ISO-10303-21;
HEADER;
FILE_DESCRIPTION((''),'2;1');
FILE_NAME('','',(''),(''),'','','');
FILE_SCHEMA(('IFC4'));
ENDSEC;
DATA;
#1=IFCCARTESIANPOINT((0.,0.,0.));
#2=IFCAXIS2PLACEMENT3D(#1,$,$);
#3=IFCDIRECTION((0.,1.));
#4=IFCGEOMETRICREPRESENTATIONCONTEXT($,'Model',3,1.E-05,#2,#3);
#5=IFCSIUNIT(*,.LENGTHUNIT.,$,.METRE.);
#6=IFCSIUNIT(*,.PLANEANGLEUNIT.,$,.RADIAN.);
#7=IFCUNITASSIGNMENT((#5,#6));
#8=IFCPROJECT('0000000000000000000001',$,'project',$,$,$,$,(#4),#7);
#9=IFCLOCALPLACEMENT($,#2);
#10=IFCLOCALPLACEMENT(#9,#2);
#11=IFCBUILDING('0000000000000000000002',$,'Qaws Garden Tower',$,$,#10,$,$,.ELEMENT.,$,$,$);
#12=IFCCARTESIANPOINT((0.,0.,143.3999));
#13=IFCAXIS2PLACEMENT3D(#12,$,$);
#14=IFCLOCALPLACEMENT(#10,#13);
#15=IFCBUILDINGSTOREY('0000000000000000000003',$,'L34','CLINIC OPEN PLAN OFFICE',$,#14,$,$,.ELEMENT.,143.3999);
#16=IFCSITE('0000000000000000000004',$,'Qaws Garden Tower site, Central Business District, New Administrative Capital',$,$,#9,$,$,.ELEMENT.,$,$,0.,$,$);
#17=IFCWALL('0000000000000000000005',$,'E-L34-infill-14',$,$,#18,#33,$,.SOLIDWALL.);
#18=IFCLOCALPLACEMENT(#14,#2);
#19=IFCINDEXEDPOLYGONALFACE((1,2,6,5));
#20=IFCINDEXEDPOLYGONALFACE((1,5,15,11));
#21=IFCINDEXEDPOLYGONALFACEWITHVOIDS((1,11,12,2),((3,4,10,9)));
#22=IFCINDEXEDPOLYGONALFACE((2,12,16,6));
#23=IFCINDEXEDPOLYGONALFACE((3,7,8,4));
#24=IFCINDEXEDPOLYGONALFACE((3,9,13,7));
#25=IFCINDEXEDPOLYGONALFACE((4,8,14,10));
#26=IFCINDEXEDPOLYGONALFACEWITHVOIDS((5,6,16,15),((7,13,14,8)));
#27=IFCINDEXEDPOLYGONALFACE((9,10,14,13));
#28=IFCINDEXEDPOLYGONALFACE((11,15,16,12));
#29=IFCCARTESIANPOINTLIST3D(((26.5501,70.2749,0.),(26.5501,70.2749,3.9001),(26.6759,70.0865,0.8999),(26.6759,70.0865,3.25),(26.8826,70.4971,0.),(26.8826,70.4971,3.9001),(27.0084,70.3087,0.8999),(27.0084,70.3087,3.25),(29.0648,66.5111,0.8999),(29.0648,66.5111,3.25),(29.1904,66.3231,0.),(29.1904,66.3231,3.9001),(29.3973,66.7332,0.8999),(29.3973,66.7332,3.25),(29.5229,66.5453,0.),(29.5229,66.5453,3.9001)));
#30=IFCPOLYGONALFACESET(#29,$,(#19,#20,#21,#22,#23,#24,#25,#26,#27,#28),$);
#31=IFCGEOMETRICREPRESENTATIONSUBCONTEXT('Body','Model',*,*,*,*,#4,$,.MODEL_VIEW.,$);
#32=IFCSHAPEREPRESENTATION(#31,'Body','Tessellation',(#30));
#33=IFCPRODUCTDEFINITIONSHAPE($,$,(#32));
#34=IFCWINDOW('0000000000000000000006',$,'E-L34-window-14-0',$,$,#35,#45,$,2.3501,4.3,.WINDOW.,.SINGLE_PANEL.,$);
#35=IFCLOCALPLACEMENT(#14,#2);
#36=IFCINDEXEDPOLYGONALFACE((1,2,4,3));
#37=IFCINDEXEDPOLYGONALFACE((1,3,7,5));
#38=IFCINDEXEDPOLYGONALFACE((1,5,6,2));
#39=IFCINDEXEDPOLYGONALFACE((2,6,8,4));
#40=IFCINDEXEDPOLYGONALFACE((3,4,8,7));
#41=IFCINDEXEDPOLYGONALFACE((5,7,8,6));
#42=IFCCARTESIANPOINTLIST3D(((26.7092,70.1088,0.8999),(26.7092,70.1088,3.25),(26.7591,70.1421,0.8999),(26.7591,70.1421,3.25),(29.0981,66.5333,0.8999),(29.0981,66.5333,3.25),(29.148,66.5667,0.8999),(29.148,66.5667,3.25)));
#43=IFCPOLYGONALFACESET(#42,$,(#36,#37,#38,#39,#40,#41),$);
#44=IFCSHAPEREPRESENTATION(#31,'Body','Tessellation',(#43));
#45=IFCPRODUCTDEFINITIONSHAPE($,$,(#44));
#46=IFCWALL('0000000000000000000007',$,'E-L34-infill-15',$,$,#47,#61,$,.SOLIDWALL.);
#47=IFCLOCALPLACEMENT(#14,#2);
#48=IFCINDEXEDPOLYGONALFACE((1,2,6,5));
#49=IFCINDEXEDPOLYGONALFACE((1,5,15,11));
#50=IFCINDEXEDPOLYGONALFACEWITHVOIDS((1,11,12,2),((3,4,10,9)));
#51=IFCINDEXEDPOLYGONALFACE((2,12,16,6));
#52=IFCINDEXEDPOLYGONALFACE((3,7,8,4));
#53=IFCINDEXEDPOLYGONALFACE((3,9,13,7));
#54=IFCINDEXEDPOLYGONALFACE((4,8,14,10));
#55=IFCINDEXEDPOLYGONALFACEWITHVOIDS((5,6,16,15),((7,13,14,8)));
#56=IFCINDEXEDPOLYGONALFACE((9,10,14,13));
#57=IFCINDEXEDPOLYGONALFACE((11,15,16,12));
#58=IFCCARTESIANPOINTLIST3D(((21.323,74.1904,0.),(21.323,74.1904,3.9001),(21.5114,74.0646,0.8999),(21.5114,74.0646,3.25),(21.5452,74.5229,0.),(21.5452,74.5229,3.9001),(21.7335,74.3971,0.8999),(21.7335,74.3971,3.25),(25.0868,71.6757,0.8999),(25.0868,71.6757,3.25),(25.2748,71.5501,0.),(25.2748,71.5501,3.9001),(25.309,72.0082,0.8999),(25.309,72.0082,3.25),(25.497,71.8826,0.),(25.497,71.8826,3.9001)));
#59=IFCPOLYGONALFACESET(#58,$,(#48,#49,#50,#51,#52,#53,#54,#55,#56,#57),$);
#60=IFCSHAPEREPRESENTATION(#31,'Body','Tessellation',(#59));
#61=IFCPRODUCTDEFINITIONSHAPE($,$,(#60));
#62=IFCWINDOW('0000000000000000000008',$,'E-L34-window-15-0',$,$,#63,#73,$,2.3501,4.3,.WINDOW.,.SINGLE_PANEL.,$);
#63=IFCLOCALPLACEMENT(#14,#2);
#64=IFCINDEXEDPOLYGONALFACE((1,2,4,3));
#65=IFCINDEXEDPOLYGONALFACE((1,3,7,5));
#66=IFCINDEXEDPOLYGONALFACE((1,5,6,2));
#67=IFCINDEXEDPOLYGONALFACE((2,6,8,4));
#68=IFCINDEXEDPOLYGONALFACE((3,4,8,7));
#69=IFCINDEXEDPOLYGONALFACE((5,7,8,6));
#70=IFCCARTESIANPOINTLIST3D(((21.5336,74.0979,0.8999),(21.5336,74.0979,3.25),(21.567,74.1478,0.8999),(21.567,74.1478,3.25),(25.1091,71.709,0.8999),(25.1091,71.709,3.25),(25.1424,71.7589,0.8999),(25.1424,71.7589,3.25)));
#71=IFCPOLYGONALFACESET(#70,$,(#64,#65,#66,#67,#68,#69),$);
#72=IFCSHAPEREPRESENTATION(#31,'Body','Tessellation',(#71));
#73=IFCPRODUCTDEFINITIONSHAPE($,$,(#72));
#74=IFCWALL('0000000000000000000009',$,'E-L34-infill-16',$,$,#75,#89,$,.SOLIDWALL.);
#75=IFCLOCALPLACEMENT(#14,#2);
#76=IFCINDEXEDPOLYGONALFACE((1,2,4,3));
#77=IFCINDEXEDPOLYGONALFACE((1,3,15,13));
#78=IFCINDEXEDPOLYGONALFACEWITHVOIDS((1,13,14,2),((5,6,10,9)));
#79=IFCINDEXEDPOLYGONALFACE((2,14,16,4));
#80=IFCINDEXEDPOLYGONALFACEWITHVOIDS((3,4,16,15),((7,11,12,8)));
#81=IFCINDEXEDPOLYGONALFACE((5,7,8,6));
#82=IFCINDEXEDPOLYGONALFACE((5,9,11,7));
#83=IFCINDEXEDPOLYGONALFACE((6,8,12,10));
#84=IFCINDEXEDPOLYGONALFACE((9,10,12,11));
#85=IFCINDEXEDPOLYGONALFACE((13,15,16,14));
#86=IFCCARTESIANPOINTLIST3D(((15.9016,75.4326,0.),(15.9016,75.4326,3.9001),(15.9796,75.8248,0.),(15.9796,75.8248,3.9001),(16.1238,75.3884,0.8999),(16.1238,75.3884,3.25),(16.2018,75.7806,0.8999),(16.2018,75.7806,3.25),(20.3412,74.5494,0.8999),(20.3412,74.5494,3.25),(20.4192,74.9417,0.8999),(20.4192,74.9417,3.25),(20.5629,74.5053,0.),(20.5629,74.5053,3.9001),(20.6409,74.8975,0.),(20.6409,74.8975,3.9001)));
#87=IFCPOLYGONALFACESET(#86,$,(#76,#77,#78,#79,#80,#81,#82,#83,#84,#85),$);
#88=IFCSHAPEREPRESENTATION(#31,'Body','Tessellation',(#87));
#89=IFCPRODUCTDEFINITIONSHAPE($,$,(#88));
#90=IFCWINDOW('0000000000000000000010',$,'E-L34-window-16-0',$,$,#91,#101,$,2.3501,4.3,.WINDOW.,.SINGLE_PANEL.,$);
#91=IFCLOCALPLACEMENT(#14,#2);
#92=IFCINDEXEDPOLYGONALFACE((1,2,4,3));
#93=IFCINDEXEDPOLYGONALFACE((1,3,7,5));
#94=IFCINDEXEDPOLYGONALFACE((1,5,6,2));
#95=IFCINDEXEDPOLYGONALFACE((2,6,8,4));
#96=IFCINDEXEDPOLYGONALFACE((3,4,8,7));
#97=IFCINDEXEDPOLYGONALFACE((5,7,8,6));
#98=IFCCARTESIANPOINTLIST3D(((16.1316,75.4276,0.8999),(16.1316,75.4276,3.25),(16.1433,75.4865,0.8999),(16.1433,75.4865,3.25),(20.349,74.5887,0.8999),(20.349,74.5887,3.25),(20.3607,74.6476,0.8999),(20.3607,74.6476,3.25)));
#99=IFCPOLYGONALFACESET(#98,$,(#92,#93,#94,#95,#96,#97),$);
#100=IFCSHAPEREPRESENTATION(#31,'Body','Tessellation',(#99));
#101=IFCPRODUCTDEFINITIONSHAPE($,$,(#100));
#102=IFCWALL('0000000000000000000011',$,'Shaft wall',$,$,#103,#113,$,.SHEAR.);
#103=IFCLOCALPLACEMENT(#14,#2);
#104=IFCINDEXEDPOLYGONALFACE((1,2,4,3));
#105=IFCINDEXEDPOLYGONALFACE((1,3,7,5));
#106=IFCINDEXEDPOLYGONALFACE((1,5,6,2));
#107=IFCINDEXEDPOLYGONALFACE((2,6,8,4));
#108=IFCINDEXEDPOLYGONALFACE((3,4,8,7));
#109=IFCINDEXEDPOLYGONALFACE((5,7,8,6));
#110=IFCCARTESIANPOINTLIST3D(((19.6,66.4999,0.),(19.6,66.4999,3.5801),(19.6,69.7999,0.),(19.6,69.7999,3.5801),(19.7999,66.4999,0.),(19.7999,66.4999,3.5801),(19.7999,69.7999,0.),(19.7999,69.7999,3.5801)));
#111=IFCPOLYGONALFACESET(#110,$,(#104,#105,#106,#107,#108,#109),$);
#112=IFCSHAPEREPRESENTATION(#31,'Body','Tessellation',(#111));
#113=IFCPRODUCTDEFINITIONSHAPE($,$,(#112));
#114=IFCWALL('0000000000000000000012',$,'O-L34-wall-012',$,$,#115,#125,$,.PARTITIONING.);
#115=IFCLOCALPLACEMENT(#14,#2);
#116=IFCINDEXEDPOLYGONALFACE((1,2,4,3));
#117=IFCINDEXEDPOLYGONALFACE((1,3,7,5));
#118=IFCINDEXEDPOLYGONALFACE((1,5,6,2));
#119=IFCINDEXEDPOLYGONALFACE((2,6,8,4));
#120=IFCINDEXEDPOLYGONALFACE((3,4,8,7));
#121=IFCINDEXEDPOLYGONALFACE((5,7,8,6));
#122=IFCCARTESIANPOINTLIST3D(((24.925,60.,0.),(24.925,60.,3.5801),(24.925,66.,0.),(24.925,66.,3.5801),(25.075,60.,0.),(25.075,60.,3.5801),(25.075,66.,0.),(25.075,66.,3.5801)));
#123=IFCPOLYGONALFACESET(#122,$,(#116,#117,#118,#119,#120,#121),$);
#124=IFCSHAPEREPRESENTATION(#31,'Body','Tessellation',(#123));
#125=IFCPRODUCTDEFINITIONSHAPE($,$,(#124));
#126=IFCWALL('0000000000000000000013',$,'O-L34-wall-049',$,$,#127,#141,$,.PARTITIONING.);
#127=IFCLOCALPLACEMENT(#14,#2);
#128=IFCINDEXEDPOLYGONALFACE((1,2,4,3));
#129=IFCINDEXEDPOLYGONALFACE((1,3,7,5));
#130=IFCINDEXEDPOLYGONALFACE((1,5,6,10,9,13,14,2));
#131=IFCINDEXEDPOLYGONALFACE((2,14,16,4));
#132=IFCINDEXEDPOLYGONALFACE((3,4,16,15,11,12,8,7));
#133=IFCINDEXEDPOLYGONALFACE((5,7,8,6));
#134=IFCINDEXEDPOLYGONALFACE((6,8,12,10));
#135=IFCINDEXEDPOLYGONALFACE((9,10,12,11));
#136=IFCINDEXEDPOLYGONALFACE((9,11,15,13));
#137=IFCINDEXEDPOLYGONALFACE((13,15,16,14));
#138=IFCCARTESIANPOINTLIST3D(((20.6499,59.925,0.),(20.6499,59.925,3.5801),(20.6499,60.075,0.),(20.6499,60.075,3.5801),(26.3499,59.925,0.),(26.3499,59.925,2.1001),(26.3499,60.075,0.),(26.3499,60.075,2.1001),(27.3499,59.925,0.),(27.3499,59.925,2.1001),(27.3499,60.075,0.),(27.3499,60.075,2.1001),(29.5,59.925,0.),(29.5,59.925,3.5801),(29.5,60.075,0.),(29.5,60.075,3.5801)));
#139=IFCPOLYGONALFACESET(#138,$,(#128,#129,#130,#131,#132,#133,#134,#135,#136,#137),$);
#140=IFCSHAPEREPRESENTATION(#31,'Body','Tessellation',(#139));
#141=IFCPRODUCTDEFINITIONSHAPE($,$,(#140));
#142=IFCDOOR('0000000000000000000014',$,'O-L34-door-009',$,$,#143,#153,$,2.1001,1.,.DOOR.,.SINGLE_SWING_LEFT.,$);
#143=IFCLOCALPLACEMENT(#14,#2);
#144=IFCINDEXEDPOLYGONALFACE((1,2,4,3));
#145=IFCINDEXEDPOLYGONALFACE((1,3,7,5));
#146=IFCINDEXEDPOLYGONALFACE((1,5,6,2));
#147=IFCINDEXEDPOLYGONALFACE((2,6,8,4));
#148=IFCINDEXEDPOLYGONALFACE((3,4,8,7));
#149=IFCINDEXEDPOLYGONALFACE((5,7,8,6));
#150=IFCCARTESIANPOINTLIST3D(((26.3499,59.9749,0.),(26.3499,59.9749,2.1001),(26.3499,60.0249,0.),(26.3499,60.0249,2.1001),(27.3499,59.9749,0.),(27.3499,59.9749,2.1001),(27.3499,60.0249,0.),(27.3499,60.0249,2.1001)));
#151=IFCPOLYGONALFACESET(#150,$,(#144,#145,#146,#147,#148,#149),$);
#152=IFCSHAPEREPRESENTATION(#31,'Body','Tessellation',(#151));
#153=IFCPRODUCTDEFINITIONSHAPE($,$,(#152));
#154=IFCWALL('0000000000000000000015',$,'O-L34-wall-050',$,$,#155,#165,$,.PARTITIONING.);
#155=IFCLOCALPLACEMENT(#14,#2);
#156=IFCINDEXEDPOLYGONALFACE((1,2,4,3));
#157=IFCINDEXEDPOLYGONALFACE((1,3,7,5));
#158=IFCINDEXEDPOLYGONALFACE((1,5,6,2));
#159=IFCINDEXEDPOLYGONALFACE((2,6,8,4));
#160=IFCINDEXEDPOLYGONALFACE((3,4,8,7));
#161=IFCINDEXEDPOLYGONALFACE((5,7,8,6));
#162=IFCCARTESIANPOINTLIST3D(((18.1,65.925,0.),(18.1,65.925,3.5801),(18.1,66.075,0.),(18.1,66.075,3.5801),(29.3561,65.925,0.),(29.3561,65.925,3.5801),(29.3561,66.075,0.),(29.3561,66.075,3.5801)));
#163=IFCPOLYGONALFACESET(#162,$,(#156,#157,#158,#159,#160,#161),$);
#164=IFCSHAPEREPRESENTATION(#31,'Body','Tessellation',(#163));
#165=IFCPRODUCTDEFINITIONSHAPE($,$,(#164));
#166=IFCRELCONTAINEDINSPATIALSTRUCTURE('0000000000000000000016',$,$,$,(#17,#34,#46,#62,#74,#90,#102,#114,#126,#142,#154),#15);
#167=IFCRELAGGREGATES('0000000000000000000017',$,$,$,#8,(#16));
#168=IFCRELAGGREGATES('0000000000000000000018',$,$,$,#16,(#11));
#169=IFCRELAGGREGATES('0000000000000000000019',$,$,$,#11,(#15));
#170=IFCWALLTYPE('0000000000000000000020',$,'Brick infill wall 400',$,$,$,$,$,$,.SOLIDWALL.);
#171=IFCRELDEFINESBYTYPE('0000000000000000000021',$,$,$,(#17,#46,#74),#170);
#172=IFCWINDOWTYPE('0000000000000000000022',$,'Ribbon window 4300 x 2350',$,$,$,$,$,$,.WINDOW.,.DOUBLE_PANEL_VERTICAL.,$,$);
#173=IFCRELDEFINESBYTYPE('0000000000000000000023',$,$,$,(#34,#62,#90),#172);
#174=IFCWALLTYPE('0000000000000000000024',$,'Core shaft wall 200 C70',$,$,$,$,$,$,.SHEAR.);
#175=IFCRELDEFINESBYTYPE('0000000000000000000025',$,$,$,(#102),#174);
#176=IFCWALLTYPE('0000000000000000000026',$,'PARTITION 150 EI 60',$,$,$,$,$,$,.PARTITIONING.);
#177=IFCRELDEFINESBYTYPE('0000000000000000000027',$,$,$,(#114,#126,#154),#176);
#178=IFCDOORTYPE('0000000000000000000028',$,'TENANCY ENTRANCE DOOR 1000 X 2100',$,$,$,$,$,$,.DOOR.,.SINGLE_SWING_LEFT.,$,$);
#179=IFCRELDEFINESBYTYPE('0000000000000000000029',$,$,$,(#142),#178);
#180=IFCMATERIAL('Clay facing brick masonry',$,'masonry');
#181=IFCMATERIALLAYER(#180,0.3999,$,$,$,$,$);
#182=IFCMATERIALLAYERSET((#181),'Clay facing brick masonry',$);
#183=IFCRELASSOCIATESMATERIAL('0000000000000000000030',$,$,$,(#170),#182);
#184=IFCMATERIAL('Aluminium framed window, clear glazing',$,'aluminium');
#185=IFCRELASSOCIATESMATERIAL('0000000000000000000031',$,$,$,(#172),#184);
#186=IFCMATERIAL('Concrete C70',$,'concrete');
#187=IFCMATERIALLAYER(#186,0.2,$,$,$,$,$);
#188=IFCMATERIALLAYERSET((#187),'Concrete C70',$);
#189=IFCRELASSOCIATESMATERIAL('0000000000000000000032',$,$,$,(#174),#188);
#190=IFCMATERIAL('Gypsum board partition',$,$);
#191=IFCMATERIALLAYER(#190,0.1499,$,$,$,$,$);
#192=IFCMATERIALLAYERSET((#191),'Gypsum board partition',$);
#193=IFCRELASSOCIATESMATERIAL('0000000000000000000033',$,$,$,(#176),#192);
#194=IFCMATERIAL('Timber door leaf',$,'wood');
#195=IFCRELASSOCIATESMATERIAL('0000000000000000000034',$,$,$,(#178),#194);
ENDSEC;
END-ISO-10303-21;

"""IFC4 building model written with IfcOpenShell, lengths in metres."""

from ifc_helpers import new_model, si_unit, direction, frame, frame_2d, origin, place, context, subcontext, project, spatial, rectangle, extrude, material, layer, layer_set, type_object, element, fill, save


model = new_model("IFC4")

# Units and contexts
model_context = context("Model", 3, precision=1e-05, world=origin(), true_north=direction((0.0, 1.0)))
body_context = subcontext(model_context, "Body", "Model", "MODEL_VIEW")
ifc_project = project(units=[si_unit("LENGTHUNIT", "METRE"), si_unit("PLANEANGLEUNIT", "RADIAN")], contexts=[model_context])

# Site, building, storey
site_placement = place(None, origin())
site = spatial("IfcSite", under=ifc_project, at=site_placement, Name="Qaws Garden Tower site, Central Business District, New Administrative Capital", CompositionType="ELEMENT", RefElevation=0.0)
building_placement = place(site_placement, origin())
building = spatial("IfcBuilding", under=site, at=building_placement, Name="Qaws Garden Tower", CompositionType="ELEMENT")
storey_placement = place(building_placement, frame((0.0, 0.0, 143.3999)))
storey = spatial("IfcBuildingStorey", under=building, at=storey_placement, Name="L34", Description="CLINIC OPEN PLAN OFFICE", CompositionType="ELEMENT", Elevation=143.3999)

# Walls, openings, windows
ifc_material_1 = material(Name="Clay facing brick masonry", Category="masonry")
ifc_layer_1 = layer(ifc_material_1, 0.3999)
ifc_layer_set_1 = layer_set([ifc_layer_1], Name="Clay facing brick masonry")
wall_type_1 = type_object("IfcWallType", Name="Brick infill wall 400", PredefinedType="SOLIDWALL", material=ifc_layer_set_1)
ifc_material_2 = material(Name="Aluminium framed window, clear glazing", Category="aluminium")
window_type = type_object("IfcWindowType", Name="Ribbon window 4300 x 2350", PartitioningType="DOUBLE_PANEL_VERTICAL", PredefinedType="WINDOW", material=ifc_material_2)
wall_1_placement = place(storey_placement, frame((29.3567, 66.4341, 0.0), z_axis=(0.0, 0.0, 1.0), x_axis=(-0.555542, 0.831489, 0.0)))
wall_1 = element("IfcWall", 1, at=wall_1_placement, inside=storey, type_object=wall_type_1, Name="E-L34-infill-14", PredefinedType="SOLIDWALL", context=body_context, shape_type="SweptSolid", body=[
    extrude(rectangle(XDim=4.7527, YDim=0.3999, at=frame_2d((2.3765, 0.0))), origin(), (0.0, 0.0, 1.0), 3.9001),
])
opening_1_placement = place(wall_1_placement, frame((0.2263, 0.0, 0.8999)))
opening_1 = element("IfcOpeningElement", 2, at=opening_1_placement, cuts=wall_1, PredefinedType="OPENING", context=body_context, shape_type="SweptSolid", body=[
    extrude(rectangle(XDim=4.3, YDim=2.3501, at=frame_2d((2.1499, 1.175))), frame((0.0, 0.21, 0.0), z_axis=(0.0, -1.0, 0.0), x_axis=(1.0, 0.0, 0.0)), (0.0, 0.0, 1.0), 0.4199),
])
window_1_placement = place(opening_1_placement, origin())
window_1 = element("IfcWindow", 3, at=window_1_placement, inside=storey, type_object=window_type, Name="E-L34-window-14-0", OverallHeight=2.3501, OverallWidth=4.3, PartitioningType="SINGLE_PANEL", PredefinedType="WINDOW", context=body_context, shape_type="SweptSolid", body=[
    extrude(rectangle(XDim=4.3, YDim=2.3501, at=frame_2d((2.1499, 1.175))), frame((0.0, 0.1599, 0.0), z_axis=(0.0, -1.0, 0.0), x_axis=(1.0, 0.0, 0.0)), (0.0, 0.0, 1.0), 0.0601),
])
fill(opening_1, window_1)
wall_2_placement = place(storey_placement, frame((25.386, 71.7163, 0.0), z_axis=(0.0, 0.0, 1.0), x_axis=(-0.831489, 0.555542, 0.0)))
wall_2 = element("IfcWall", 4, at=wall_2_placement, inside=storey, type_object=wall_type_1, Name="E-L34-infill-15", PredefinedType="SOLIDWALL", context=body_context, shape_type="SweptSolid", body=[
    extrude(rectangle(XDim=4.7527, YDim=0.3999, at=frame_2d((2.3765, 0.0))), origin(), (0.0, 0.0, 1.0), 3.9001),
])
opening_2_placement = place(wall_2_placement, frame((0.2263, 0.0, 0.8999)))
opening_2 = element("IfcOpeningElement", 5, at=opening_2_placement, cuts=wall_2, PredefinedType="OPENING", context=body_context, shape_type="SweptSolid", body=[
    extrude(rectangle(XDim=4.3, YDim=2.3501, at=frame_2d((2.1499, 1.175))), frame((0.0, 0.21, 0.0), z_axis=(0.0, -1.0, 0.0), x_axis=(1.0, 0.0, 0.0)), (0.0, 0.0, 1.0), 0.4199),
])
window_2_placement = place(opening_2_placement, origin())
window_2 = element("IfcWindow", 6, at=window_2_placement, inside=storey, type_object=window_type, Name="E-L34-window-15-0", OverallHeight=2.3501, OverallWidth=4.3, PartitioningType="SINGLE_PANEL", PredefinedType="WINDOW", context=body_context, shape_type="SweptSolid", body=[
    extrude(rectangle(XDim=4.3, YDim=2.3501, at=frame_2d((2.1499, 1.175))), frame((0.0, 0.1599, 0.0), z_axis=(0.0, -1.0, 0.0), x_axis=(1.0, 0.0, 0.0)), (0.0, 0.0, 1.0), 0.0601),
])
fill(opening_2, window_2)
wall_3_placement = place(storey_placement, frame((20.6021, 74.7014, 0.0), z_axis=(0.0, 0.0, 1.0), x_axis=(-0.980784, 0.195099, 0.0)))
wall_3 = element("IfcWall", 7, at=wall_3_placement, inside=storey, type_object=wall_type_1, Name="E-L34-infill-16", PredefinedType="SOLIDWALL", context=body_context, shape_type="SweptSolid", body=[
    extrude(rectangle(XDim=4.7527, YDim=0.3999, at=frame_2d((2.3765, 0.0))), origin(), (0.0, 0.0, 1.0), 3.9001),
])
opening_3_placement = place(wall_3_placement, frame((0.2263, 0.0, 0.8999)))
opening_3 = element("IfcOpeningElement", 8, at=opening_3_placement, cuts=wall_3, PredefinedType="OPENING", context=body_context, shape_type="SweptSolid", body=[
    extrude(rectangle(XDim=4.3, YDim=2.3501, at=frame_2d((2.1499, 1.175))), frame((0.0, 0.21, 0.0), z_axis=(0.0, -1.0, 0.0), x_axis=(1.0, 0.0, 0.0)), (0.0, 0.0, 1.0), 0.4199),
])
window_3_placement = place(opening_3_placement, origin())
window_3 = element("IfcWindow", 9, at=window_3_placement, inside=storey, type_object=window_type, Name="E-L34-window-16-0", OverallHeight=2.3501, OverallWidth=4.3, PartitioningType="SINGLE_PANEL", PredefinedType="WINDOW", context=body_context, shape_type="SweptSolid", body=[
    extrude(rectangle(XDim=4.3, YDim=2.3501, at=frame_2d((2.1499, 1.175))), frame((0.0, 0.1599, 0.0), z_axis=(0.0, -1.0, 0.0), x_axis=(1.0, 0.0, 0.0)), (0.0, 0.0, 1.0), 0.0601),
])
fill(opening_3, window_3)

# Walls
ifc_material_3 = material(Name="Concrete C70", Category="concrete")
ifc_layer_2 = layer(ifc_material_3, 0.2)
ifc_layer_set_2 = layer_set([ifc_layer_2], Name="Concrete C70")
wall_type_2 = type_object("IfcWallType", Name="Core shaft wall 200 C70", PredefinedType="SHEAR", material=ifc_layer_set_2)
wall_4_placement = place(storey_placement, frame((19.7, 66.5, 0.0), z_axis=(0.0, 0.0, 1.0), x_axis=(0.0, 1.0, 0.0)))
element("IfcWall", 10, at=wall_4_placement, inside=storey, type_object=wall_type_2, Name="Shaft wall", PredefinedType="SHEAR", context=body_context, shape_type="SweptSolid", body=[
    extrude(rectangle(XDim=3.3, YDim=0.2, at=frame_2d((1.6499, 0.0))), origin(), (0.0, 0.0, 1.0), 3.5801),
])
ifc_material_4 = material(Name="Gypsum board partition")
ifc_layer_3 = layer(ifc_material_4, 0.1499)
ifc_layer_set_3 = layer_set([ifc_layer_3], Name="Gypsum board partition")
wall_type_3 = type_object("IfcWallType", Name="PARTITION 150 EI 60", PredefinedType="PARTITIONING", material=ifc_layer_set_3)
wall_5_placement = place(storey_placement, frame((25.0, 60.0, 0.0), z_axis=(0.0, 0.0, 1.0), x_axis=(0.0, 1.0, 0.0)))
element("IfcWall", 11, at=wall_5_placement, inside=storey, type_object=wall_type_3, Name="O-L34-wall-012", PredefinedType="PARTITIONING", context=body_context, shape_type="SweptSolid", body=[
    extrude(rectangle(XDim=6.0, YDim=0.1499, at=frame_2d((3.0, 0.0))), origin(), (0.0, 0.0, 1.0), 3.5801),
])

# Wall, opening, door
wall_6_placement = place(storey_placement, frame((20.6499, 60.0, 0.0), z_axis=(0.0, 0.0, 1.0), x_axis=(1.0, 0.0, 0.0)))
wall_6 = element("IfcWall", 12, at=wall_6_placement, inside=storey, type_object=wall_type_3, Name="O-L34-wall-049", PredefinedType="PARTITIONING", context=body_context, shape_type="SweptSolid", body=[
    extrude(rectangle(XDim=8.8501, YDim=0.1499, at=frame_2d((4.425, 0.0))), origin(), (0.0, 0.0, 1.0), 3.5801),
])
opening_4_placement = place(wall_6_placement, frame((5.7, 0.0, 0.0)))
opening_4 = element("IfcOpeningElement", 13, at=opening_4_placement, cuts=wall_6, PredefinedType="OPENING", context=body_context, shape_type="SweptSolid", body=[
    extrude(rectangle(XDim=1.0, YDim=2.1001, at=frame_2d((0.5, 1.05))), frame((0.0, 0.085, 0.0), z_axis=(0.0, -1.0, 0.0), x_axis=(1.0, 0.0, 0.0)), (0.0, 0.0, 1.0), 0.1699),
])
ifc_material_5 = material(Name="Timber door leaf", Category="wood")
door_type = type_object("IfcDoorType", Name="TENANCY ENTRANCE DOOR 1000 X 2100", OperationType="SINGLE_SWING_LEFT", PredefinedType="DOOR", material=ifc_material_5)
door_placement = place(opening_4_placement, origin())
door = element("IfcDoor", 14, at=door_placement, inside=storey, type_object=door_type, Name="O-L34-door-009", OperationType="SINGLE_SWING_LEFT", OverallHeight=2.1001, OverallWidth=1.0, PredefinedType="DOOR", context=body_context, shape_type="SweptSolid", body=[
    extrude(rectangle(XDim=1.0, YDim=2.1001, at=frame_2d((0.5, 1.05))), frame((0.0, 0.0249, 0.0), z_axis=(0.0, -1.0, 0.0), x_axis=(1.0, 0.0, 0.0)), (0.0, 0.0, 1.0), 0.05),
])
fill(opening_4, door)

# Wall
wall_7_placement = place(storey_placement, frame((18.1001, 66.0, 0.0), z_axis=(0.0, 0.0, 1.0), x_axis=(1.0, 0.0, 0.0)))
element("IfcWall", 15, at=wall_7_placement, inside=storey, type_object=wall_type_3, Name="O-L34-wall-050", PredefinedType="PARTITIONING", context=body_context, shape_type="SweptSolid", body=[
    extrude(rectangle(XDim=11.2561, YDim=0.1499, at=frame_2d((5.6279, 0.0))), origin(), (0.0, 0.0, 1.0), 3.5801),
])

save(model, "model.ifc")
